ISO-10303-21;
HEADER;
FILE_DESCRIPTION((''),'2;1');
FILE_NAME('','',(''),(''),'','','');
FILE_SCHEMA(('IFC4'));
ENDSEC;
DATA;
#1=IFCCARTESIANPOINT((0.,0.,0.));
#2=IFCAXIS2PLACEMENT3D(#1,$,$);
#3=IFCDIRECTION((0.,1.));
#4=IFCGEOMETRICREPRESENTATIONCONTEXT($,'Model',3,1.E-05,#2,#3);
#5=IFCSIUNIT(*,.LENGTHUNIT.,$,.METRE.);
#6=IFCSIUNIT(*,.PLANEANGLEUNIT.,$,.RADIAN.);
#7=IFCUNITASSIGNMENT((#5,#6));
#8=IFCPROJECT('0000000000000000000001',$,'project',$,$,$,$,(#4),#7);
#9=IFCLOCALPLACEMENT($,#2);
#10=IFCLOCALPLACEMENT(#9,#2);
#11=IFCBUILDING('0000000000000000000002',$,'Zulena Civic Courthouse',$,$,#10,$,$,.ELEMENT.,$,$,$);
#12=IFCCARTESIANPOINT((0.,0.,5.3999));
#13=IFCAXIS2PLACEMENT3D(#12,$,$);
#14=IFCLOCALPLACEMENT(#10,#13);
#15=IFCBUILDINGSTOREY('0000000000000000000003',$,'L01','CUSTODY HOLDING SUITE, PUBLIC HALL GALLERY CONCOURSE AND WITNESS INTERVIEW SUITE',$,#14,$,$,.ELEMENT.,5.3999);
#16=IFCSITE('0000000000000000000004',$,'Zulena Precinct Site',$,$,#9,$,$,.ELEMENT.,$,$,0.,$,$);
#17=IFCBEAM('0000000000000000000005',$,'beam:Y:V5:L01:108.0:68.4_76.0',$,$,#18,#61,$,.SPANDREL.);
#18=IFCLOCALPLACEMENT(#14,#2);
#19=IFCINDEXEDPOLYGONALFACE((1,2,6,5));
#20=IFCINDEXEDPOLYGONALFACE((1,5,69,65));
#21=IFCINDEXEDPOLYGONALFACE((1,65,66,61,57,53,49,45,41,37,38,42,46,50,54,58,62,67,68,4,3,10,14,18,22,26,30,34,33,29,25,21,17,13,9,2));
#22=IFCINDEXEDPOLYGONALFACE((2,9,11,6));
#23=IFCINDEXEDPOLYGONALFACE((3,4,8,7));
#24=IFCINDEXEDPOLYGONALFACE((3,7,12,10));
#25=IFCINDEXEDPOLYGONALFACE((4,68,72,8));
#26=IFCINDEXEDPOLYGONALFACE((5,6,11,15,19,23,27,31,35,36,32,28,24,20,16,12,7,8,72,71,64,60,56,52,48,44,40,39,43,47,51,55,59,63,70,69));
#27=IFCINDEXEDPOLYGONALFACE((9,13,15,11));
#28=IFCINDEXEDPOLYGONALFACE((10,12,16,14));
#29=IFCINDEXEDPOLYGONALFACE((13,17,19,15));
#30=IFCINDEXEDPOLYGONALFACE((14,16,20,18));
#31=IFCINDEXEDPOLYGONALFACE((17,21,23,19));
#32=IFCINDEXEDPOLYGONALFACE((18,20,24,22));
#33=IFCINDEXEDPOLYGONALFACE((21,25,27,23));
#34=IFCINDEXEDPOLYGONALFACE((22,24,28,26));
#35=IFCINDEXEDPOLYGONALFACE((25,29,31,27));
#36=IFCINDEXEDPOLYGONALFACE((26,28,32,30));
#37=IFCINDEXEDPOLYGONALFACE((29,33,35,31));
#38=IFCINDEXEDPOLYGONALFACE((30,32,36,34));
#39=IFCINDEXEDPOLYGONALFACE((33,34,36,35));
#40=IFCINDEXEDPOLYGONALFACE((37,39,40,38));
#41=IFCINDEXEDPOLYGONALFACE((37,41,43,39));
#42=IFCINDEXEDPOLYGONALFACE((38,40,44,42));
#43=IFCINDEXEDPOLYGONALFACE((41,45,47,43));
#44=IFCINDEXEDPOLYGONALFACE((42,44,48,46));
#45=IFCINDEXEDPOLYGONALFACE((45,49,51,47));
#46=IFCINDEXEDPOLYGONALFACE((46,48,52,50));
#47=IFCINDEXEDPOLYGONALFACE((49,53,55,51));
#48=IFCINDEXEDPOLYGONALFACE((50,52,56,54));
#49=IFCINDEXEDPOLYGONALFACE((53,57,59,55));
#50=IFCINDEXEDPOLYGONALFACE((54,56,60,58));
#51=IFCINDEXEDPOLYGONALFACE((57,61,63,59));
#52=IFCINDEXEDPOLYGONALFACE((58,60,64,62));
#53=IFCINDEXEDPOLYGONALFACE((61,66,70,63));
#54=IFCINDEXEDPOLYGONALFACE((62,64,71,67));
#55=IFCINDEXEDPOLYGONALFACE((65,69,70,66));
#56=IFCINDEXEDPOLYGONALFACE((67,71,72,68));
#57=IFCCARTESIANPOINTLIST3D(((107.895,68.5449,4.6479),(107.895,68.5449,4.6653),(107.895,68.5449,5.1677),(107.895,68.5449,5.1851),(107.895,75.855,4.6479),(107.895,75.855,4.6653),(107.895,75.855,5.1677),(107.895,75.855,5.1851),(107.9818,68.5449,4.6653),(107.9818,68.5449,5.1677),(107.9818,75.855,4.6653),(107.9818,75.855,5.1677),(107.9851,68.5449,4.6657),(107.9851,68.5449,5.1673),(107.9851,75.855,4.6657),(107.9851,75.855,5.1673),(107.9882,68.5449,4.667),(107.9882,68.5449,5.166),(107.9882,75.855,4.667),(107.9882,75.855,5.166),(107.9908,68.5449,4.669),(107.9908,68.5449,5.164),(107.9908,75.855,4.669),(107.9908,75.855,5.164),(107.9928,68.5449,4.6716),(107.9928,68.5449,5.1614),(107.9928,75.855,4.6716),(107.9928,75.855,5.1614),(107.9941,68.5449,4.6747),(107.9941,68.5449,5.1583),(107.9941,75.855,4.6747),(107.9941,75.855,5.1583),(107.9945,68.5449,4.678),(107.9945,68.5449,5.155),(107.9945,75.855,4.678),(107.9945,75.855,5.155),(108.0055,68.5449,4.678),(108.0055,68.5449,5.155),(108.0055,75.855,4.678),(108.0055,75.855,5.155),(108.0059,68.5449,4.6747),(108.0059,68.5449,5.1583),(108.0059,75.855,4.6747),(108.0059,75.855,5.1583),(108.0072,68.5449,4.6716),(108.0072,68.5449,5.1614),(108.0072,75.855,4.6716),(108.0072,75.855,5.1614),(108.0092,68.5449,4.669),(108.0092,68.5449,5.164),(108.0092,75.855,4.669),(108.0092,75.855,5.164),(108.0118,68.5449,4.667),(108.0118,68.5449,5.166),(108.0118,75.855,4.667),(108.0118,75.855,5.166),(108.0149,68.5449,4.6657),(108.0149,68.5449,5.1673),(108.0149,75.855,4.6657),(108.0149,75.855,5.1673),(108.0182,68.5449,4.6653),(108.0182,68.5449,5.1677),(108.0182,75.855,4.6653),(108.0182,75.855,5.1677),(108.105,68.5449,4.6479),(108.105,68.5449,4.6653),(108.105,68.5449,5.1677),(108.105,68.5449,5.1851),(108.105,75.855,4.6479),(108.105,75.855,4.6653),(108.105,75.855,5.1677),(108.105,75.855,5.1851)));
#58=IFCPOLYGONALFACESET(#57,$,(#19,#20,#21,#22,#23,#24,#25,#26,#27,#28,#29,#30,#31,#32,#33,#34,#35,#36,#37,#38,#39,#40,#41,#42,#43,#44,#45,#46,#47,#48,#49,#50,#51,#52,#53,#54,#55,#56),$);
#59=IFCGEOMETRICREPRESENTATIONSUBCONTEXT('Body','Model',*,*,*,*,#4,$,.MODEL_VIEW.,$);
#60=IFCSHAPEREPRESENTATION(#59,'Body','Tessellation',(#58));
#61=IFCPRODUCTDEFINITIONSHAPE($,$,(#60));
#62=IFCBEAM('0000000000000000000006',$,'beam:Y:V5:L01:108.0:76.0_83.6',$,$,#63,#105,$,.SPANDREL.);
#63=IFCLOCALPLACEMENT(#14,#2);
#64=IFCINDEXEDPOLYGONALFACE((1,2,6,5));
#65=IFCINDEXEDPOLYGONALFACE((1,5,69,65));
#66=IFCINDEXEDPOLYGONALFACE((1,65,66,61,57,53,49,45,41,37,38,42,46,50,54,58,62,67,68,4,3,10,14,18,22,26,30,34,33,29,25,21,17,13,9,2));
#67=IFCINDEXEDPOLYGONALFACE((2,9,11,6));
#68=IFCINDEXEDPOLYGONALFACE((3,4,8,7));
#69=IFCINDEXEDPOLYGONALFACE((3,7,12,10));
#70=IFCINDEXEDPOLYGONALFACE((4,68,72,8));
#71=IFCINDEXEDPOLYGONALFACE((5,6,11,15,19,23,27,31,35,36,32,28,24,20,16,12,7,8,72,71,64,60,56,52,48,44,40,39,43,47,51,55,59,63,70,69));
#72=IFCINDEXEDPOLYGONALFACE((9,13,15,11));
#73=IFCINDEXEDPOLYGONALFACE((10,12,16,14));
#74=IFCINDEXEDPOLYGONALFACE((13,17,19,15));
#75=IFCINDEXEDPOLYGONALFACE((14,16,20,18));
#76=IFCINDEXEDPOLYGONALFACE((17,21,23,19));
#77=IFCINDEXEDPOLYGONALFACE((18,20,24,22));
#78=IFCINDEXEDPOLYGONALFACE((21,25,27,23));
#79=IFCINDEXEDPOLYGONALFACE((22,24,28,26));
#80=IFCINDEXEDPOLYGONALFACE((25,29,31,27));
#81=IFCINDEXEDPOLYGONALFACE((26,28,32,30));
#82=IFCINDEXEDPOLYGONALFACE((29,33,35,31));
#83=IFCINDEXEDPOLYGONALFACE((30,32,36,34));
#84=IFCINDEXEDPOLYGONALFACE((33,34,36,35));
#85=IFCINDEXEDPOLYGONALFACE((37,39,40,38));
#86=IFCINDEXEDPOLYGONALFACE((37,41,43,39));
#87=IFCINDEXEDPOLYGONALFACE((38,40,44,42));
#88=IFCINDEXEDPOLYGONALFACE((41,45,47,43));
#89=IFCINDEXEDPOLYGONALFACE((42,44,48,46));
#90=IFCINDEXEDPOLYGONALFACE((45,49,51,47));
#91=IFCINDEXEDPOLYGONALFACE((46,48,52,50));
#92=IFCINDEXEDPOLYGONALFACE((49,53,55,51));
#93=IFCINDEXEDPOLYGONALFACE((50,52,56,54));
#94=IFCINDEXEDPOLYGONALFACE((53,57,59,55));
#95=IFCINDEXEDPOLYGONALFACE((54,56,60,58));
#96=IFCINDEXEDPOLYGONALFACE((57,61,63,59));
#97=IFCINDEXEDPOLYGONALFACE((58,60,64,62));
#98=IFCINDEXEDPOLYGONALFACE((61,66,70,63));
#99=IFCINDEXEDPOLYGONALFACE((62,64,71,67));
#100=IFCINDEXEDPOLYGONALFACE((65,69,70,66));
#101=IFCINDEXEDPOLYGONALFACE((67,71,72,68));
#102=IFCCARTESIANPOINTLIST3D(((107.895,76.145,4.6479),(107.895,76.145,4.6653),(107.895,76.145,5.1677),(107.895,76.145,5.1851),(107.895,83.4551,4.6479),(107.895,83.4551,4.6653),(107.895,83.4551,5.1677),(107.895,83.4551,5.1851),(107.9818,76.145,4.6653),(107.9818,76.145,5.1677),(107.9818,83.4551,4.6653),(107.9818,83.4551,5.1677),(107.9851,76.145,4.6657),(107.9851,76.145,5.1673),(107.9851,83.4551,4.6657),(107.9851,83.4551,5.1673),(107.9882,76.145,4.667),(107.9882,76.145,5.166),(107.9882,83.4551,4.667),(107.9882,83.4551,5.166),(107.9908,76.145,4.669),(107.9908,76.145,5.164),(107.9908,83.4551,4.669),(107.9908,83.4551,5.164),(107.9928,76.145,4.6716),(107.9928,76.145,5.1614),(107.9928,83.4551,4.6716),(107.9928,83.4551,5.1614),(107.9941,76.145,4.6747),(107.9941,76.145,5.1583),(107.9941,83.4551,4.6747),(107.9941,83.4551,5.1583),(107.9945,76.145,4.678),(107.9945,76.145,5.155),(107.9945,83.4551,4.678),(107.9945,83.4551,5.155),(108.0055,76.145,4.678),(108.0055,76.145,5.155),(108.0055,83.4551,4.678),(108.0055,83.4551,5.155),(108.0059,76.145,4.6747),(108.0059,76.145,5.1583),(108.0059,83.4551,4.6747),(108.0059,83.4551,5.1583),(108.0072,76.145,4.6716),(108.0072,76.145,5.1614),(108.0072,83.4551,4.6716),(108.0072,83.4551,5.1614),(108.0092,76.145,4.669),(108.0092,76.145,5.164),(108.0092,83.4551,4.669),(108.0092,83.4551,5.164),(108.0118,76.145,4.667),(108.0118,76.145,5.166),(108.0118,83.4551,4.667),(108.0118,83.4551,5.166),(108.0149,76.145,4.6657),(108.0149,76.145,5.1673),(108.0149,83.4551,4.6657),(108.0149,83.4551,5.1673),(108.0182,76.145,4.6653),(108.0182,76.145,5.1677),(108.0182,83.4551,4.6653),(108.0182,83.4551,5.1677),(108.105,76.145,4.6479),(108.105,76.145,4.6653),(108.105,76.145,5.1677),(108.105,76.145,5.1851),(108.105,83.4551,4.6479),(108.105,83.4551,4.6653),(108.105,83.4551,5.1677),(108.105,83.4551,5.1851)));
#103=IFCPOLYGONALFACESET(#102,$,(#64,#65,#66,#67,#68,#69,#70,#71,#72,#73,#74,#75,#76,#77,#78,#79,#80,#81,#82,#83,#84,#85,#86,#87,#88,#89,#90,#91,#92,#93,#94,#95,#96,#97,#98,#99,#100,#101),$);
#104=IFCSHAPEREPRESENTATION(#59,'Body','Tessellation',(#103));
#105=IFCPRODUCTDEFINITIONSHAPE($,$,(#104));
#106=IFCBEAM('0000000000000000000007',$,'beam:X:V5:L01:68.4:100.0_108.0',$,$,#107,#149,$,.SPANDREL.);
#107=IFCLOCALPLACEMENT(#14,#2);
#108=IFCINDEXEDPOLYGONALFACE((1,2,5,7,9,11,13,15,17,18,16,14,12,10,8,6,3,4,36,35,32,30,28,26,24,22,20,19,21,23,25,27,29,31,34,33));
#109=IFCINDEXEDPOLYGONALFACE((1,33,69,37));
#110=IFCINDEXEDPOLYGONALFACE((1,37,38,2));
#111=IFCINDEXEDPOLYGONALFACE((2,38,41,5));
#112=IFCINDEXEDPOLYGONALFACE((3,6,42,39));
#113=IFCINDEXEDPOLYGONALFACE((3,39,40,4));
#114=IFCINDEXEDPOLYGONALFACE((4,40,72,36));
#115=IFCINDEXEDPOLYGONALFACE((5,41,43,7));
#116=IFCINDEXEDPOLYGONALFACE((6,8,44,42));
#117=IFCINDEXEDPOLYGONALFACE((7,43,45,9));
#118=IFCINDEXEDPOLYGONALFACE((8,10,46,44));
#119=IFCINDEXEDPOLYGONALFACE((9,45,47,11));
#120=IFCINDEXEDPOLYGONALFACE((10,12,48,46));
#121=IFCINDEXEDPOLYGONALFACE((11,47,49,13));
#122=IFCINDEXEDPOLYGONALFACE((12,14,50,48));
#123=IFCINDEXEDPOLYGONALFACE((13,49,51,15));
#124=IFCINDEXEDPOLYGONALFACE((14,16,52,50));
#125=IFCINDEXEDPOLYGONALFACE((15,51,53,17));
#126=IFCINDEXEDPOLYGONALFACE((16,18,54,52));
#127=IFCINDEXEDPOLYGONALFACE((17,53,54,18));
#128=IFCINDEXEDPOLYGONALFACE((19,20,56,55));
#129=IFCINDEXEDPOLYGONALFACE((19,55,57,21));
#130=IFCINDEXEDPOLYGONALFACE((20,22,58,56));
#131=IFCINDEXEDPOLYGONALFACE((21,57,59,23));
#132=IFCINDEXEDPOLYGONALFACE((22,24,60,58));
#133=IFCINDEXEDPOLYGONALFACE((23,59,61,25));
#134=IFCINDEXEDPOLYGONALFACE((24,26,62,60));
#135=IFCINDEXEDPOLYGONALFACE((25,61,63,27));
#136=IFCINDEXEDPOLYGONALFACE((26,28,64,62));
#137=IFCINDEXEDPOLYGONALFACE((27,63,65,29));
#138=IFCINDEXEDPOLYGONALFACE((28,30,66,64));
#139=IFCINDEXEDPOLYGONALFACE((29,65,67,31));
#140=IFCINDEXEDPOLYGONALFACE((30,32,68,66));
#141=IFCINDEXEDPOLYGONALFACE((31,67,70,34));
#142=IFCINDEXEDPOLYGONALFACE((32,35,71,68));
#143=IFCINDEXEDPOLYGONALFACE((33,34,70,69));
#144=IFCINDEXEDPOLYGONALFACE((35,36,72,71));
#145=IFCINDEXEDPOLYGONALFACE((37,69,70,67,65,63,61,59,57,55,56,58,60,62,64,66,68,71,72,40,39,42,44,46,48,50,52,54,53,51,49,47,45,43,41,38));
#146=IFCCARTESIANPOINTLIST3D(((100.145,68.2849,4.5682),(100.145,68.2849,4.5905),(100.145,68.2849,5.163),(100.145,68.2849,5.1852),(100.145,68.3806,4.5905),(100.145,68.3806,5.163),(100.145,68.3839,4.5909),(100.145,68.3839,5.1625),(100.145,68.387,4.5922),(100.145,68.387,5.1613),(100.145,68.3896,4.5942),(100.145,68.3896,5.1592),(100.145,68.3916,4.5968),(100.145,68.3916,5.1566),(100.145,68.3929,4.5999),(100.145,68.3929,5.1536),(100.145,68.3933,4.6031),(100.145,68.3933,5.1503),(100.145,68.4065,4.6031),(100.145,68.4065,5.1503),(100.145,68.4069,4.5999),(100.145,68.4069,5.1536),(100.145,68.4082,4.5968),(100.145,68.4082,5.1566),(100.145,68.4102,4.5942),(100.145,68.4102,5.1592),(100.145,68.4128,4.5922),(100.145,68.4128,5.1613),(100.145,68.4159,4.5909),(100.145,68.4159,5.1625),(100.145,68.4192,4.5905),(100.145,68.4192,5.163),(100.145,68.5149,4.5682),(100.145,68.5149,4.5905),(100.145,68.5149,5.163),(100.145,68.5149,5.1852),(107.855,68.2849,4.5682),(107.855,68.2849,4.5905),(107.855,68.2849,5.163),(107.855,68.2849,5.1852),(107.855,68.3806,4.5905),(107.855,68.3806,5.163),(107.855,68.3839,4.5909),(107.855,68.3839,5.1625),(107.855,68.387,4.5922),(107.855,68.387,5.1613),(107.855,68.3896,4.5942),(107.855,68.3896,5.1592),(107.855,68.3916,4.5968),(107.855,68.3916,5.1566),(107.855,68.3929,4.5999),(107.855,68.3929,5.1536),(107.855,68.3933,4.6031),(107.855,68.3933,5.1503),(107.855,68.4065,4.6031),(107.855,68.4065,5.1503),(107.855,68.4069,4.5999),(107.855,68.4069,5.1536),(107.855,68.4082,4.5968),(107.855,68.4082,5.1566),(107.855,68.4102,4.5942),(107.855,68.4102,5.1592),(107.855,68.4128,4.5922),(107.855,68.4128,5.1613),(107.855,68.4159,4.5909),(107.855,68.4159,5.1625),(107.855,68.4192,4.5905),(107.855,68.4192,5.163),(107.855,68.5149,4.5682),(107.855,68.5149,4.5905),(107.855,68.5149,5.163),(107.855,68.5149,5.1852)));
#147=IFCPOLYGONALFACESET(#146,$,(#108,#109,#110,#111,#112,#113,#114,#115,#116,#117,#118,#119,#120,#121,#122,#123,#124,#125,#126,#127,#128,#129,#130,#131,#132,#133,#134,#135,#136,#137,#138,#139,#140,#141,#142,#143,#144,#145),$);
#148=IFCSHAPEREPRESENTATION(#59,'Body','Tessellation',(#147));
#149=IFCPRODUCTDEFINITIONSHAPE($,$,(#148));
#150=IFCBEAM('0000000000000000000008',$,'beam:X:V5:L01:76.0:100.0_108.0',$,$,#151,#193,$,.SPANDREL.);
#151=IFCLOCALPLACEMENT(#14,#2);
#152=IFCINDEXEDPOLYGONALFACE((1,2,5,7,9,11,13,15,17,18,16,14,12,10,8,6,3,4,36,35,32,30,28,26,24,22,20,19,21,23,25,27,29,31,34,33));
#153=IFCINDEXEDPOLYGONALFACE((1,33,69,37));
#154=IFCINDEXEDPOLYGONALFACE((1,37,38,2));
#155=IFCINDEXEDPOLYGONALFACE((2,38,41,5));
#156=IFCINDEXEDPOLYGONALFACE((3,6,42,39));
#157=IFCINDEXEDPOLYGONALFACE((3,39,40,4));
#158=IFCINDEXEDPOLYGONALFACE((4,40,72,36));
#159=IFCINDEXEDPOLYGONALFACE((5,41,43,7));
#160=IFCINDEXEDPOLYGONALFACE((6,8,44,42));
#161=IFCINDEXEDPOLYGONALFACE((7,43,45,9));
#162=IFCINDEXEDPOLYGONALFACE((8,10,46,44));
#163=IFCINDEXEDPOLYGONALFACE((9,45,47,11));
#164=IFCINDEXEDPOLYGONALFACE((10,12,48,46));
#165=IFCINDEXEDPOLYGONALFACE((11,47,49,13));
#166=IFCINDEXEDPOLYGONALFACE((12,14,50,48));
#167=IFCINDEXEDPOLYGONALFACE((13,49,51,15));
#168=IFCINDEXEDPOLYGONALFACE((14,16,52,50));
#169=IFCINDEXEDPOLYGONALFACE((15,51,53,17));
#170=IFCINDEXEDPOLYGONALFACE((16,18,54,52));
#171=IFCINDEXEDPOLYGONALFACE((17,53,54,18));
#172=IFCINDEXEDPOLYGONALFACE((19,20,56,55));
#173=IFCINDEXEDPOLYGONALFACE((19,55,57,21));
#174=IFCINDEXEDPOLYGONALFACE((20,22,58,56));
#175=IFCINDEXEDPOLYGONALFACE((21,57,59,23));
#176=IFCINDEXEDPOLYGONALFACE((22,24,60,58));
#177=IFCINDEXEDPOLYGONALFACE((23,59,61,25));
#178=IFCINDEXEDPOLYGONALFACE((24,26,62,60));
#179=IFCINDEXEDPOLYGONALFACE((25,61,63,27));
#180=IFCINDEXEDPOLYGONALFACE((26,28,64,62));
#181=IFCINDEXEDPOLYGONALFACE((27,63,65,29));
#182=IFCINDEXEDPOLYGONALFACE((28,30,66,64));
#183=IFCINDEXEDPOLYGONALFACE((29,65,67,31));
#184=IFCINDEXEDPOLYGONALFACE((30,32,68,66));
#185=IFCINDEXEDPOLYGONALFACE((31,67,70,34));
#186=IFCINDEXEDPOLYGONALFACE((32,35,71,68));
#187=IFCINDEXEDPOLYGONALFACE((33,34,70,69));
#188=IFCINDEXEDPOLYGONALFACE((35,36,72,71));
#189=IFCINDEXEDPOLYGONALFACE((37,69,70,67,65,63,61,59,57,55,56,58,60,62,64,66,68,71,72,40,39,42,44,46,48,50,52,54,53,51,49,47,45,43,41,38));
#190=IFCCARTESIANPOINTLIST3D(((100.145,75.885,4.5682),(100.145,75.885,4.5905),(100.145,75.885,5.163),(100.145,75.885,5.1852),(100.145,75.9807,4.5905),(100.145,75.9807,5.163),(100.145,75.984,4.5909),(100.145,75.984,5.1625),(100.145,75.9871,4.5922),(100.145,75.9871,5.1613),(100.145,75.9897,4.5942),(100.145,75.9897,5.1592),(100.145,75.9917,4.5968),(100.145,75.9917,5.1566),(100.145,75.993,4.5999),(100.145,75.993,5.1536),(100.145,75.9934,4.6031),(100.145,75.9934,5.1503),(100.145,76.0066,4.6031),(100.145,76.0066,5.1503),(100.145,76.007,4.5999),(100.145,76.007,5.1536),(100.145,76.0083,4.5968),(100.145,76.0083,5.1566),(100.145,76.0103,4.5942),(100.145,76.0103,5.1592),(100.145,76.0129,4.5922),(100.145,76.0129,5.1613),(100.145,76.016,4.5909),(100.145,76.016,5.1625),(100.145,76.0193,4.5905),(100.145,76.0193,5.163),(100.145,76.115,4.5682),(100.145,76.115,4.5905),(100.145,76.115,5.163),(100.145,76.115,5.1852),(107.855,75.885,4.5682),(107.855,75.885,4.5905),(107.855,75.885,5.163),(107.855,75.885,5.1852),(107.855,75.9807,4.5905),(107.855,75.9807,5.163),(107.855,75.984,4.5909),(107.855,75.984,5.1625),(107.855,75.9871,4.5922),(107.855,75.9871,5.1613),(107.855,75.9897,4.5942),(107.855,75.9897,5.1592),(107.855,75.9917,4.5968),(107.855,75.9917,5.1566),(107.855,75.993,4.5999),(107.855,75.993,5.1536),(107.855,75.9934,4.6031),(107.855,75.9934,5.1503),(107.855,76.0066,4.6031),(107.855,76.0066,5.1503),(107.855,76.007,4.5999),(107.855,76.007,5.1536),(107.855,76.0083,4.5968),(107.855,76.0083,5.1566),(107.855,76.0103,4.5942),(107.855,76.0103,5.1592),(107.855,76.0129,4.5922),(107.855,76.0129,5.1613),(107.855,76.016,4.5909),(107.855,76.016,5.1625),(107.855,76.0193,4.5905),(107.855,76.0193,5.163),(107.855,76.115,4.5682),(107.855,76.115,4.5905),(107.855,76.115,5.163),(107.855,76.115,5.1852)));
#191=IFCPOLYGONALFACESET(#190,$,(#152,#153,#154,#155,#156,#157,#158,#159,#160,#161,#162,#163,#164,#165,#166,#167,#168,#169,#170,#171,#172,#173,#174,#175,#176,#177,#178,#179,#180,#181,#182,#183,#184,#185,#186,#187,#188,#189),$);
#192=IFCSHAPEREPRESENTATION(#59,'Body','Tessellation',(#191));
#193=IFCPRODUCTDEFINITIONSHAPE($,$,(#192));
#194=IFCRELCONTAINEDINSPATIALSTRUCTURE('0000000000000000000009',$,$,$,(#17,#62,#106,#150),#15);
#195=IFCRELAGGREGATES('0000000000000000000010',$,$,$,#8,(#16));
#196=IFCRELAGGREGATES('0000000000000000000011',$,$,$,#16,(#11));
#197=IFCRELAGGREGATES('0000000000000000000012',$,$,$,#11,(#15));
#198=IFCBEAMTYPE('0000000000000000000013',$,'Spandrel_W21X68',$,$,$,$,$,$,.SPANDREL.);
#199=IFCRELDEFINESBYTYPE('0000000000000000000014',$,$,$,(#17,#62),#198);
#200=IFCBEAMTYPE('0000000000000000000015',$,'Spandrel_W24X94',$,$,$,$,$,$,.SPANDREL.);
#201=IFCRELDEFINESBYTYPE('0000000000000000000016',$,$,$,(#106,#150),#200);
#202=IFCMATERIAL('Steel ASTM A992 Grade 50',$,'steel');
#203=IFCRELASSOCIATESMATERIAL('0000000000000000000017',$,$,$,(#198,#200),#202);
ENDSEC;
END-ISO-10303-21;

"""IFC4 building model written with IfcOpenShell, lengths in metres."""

from ifc_helpers import new_model, si_unit, direction, frame, origin, origin_2d, place, context, subcontext, project, spatial, i_section, extrude, material, material_profile, profile_set, type_object, element, save


model = new_model("IFC4")

# Units and contexts
model_context = context("Model", 3, precision=1e-05, world=origin(), true_north=direction((0.0, 1.0)))
body_context = subcontext(model_context, "Body", "Model", "MODEL_VIEW")
ifc_project = project(units=[si_unit("LENGTHUNIT", "METRE"), si_unit("PLANEANGLEUNIT", "RADIAN")], contexts=[model_context])

# Site, building, storey
site_placement = place(None, origin())
site = spatial("IfcSite", under=ifc_project, at=site_placement, Name="Zulena Precinct Site", CompositionType="ELEMENT", RefElevation=0.0)
building_placement = place(site_placement, origin())
building = spatial("IfcBuilding", under=site, at=building_placement, Name="Zulena Civic Courthouse", CompositionType="ELEMENT")
storey_placement = place(building_placement, frame((0.0, 0.0, 5.3999)))
storey = spatial("IfcBuildingStorey", under=building, at=storey_placement, Name="L01", Description="CUSTODY HOLDING SUITE, PUBLIC HALL GALLERY CONCOURSE AND WITNESS INTERVIEW SUITE", CompositionType="ELEMENT", Elevation=5.3999)

# Shared definitions
ifc_material_1 = material(Name="Steel ASTM A992 Grade 50", Category="steel")

# Beams
ifc_material_profile_1 = material_profile(ifc_material_1, i_section(OverallWidth=0.21, OverallDepth=0.5371, WebThickness=0.011, FlangeThickness=0.0173, FilletRadius=0.0127, at=origin_2d()), Name="W21X68")
ifc_profile_set_1 = profile_set([ifc_material_profile_1], Name="Steel ASTM A992 Grade 50")
beam_type_1 = type_object("IfcBeamType", Name="Spandrel_W21X68", PredefinedType="SPANDREL", material=ifc_profile_set_1)
for number, where, z_axis, x_axis, name in (
    (1, (108.0, 68.5449, 4.9165), (0.0, 1.0, 0.0), (-1.0, 0.0, 0.0), "beam:Y:V5:L01:108.0:68.4_76.0"),
    (2, (108.0, 76.145, 4.9165), (0.0, 1.0, 0.0), (-1.0, 0.0, 0.0), "beam:Y:V5:L01:108.0:76.0_83.6"),
):
    element("IfcBeam", number, at=place(storey_placement, frame(where, z_axis=z_axis, x_axis=x_axis)), inside=storey, type_object=beam_type_1, Name=name, PredefinedType="SPANDREL", context=body_context, shape_type="SweptSolid", body=[
        extrude(i_section(OverallWidth=0.21, OverallDepth=0.5371, WebThickness=0.011, FlangeThickness=0.0173, FilletRadius=0.0127, at=origin_2d()), origin(), (0.0, 0.0, 1.0), 7.3101),
    ])
ifc_material_profile_2 = material_profile(ifc_material_1, i_section(OverallWidth=0.23, OverallDepth=0.6169, WebThickness=0.0132, FlangeThickness=0.0222, FilletRadius=0.0127, at=origin_2d()), Name="W24X94")
ifc_profile_set_2 = profile_set([ifc_material_profile_2], Name="Steel ASTM A992 Grade 50")
beam_type_2 = type_object("IfcBeamType", Name="Spandrel_W24X94", PredefinedType="SPANDREL", material=ifc_profile_set_2)
for number, where, z_axis, x_axis, name in (
    (3, (100.145, 68.3999, 4.8767), (1.0, 0.0, 0.0), (0.0, 1.0, 0.0), "beam:X:V5:L01:68.4:100.0_108.0"),
    (4, (100.145, 76.0, 4.8767), (1.0, 0.0, 0.0), (0.0, 1.0, 0.0), "beam:X:V5:L01:76.0:100.0_108.0"),
):
    element("IfcBeam", number, at=place(storey_placement, frame(where, z_axis=z_axis, x_axis=x_axis)), inside=storey, type_object=beam_type_2, Name=name, PredefinedType="SPANDREL", context=body_context, shape_type="SweptSolid", body=[
        extrude(i_section(OverallWidth=0.23, OverallDepth=0.6169, WebThickness=0.0132, FlangeThickness=0.0222, FilletRadius=0.0127, at=origin_2d()), origin(), (0.0, 0.0, 1.0), 7.71),
    ])

save(model, "model.ifc")
